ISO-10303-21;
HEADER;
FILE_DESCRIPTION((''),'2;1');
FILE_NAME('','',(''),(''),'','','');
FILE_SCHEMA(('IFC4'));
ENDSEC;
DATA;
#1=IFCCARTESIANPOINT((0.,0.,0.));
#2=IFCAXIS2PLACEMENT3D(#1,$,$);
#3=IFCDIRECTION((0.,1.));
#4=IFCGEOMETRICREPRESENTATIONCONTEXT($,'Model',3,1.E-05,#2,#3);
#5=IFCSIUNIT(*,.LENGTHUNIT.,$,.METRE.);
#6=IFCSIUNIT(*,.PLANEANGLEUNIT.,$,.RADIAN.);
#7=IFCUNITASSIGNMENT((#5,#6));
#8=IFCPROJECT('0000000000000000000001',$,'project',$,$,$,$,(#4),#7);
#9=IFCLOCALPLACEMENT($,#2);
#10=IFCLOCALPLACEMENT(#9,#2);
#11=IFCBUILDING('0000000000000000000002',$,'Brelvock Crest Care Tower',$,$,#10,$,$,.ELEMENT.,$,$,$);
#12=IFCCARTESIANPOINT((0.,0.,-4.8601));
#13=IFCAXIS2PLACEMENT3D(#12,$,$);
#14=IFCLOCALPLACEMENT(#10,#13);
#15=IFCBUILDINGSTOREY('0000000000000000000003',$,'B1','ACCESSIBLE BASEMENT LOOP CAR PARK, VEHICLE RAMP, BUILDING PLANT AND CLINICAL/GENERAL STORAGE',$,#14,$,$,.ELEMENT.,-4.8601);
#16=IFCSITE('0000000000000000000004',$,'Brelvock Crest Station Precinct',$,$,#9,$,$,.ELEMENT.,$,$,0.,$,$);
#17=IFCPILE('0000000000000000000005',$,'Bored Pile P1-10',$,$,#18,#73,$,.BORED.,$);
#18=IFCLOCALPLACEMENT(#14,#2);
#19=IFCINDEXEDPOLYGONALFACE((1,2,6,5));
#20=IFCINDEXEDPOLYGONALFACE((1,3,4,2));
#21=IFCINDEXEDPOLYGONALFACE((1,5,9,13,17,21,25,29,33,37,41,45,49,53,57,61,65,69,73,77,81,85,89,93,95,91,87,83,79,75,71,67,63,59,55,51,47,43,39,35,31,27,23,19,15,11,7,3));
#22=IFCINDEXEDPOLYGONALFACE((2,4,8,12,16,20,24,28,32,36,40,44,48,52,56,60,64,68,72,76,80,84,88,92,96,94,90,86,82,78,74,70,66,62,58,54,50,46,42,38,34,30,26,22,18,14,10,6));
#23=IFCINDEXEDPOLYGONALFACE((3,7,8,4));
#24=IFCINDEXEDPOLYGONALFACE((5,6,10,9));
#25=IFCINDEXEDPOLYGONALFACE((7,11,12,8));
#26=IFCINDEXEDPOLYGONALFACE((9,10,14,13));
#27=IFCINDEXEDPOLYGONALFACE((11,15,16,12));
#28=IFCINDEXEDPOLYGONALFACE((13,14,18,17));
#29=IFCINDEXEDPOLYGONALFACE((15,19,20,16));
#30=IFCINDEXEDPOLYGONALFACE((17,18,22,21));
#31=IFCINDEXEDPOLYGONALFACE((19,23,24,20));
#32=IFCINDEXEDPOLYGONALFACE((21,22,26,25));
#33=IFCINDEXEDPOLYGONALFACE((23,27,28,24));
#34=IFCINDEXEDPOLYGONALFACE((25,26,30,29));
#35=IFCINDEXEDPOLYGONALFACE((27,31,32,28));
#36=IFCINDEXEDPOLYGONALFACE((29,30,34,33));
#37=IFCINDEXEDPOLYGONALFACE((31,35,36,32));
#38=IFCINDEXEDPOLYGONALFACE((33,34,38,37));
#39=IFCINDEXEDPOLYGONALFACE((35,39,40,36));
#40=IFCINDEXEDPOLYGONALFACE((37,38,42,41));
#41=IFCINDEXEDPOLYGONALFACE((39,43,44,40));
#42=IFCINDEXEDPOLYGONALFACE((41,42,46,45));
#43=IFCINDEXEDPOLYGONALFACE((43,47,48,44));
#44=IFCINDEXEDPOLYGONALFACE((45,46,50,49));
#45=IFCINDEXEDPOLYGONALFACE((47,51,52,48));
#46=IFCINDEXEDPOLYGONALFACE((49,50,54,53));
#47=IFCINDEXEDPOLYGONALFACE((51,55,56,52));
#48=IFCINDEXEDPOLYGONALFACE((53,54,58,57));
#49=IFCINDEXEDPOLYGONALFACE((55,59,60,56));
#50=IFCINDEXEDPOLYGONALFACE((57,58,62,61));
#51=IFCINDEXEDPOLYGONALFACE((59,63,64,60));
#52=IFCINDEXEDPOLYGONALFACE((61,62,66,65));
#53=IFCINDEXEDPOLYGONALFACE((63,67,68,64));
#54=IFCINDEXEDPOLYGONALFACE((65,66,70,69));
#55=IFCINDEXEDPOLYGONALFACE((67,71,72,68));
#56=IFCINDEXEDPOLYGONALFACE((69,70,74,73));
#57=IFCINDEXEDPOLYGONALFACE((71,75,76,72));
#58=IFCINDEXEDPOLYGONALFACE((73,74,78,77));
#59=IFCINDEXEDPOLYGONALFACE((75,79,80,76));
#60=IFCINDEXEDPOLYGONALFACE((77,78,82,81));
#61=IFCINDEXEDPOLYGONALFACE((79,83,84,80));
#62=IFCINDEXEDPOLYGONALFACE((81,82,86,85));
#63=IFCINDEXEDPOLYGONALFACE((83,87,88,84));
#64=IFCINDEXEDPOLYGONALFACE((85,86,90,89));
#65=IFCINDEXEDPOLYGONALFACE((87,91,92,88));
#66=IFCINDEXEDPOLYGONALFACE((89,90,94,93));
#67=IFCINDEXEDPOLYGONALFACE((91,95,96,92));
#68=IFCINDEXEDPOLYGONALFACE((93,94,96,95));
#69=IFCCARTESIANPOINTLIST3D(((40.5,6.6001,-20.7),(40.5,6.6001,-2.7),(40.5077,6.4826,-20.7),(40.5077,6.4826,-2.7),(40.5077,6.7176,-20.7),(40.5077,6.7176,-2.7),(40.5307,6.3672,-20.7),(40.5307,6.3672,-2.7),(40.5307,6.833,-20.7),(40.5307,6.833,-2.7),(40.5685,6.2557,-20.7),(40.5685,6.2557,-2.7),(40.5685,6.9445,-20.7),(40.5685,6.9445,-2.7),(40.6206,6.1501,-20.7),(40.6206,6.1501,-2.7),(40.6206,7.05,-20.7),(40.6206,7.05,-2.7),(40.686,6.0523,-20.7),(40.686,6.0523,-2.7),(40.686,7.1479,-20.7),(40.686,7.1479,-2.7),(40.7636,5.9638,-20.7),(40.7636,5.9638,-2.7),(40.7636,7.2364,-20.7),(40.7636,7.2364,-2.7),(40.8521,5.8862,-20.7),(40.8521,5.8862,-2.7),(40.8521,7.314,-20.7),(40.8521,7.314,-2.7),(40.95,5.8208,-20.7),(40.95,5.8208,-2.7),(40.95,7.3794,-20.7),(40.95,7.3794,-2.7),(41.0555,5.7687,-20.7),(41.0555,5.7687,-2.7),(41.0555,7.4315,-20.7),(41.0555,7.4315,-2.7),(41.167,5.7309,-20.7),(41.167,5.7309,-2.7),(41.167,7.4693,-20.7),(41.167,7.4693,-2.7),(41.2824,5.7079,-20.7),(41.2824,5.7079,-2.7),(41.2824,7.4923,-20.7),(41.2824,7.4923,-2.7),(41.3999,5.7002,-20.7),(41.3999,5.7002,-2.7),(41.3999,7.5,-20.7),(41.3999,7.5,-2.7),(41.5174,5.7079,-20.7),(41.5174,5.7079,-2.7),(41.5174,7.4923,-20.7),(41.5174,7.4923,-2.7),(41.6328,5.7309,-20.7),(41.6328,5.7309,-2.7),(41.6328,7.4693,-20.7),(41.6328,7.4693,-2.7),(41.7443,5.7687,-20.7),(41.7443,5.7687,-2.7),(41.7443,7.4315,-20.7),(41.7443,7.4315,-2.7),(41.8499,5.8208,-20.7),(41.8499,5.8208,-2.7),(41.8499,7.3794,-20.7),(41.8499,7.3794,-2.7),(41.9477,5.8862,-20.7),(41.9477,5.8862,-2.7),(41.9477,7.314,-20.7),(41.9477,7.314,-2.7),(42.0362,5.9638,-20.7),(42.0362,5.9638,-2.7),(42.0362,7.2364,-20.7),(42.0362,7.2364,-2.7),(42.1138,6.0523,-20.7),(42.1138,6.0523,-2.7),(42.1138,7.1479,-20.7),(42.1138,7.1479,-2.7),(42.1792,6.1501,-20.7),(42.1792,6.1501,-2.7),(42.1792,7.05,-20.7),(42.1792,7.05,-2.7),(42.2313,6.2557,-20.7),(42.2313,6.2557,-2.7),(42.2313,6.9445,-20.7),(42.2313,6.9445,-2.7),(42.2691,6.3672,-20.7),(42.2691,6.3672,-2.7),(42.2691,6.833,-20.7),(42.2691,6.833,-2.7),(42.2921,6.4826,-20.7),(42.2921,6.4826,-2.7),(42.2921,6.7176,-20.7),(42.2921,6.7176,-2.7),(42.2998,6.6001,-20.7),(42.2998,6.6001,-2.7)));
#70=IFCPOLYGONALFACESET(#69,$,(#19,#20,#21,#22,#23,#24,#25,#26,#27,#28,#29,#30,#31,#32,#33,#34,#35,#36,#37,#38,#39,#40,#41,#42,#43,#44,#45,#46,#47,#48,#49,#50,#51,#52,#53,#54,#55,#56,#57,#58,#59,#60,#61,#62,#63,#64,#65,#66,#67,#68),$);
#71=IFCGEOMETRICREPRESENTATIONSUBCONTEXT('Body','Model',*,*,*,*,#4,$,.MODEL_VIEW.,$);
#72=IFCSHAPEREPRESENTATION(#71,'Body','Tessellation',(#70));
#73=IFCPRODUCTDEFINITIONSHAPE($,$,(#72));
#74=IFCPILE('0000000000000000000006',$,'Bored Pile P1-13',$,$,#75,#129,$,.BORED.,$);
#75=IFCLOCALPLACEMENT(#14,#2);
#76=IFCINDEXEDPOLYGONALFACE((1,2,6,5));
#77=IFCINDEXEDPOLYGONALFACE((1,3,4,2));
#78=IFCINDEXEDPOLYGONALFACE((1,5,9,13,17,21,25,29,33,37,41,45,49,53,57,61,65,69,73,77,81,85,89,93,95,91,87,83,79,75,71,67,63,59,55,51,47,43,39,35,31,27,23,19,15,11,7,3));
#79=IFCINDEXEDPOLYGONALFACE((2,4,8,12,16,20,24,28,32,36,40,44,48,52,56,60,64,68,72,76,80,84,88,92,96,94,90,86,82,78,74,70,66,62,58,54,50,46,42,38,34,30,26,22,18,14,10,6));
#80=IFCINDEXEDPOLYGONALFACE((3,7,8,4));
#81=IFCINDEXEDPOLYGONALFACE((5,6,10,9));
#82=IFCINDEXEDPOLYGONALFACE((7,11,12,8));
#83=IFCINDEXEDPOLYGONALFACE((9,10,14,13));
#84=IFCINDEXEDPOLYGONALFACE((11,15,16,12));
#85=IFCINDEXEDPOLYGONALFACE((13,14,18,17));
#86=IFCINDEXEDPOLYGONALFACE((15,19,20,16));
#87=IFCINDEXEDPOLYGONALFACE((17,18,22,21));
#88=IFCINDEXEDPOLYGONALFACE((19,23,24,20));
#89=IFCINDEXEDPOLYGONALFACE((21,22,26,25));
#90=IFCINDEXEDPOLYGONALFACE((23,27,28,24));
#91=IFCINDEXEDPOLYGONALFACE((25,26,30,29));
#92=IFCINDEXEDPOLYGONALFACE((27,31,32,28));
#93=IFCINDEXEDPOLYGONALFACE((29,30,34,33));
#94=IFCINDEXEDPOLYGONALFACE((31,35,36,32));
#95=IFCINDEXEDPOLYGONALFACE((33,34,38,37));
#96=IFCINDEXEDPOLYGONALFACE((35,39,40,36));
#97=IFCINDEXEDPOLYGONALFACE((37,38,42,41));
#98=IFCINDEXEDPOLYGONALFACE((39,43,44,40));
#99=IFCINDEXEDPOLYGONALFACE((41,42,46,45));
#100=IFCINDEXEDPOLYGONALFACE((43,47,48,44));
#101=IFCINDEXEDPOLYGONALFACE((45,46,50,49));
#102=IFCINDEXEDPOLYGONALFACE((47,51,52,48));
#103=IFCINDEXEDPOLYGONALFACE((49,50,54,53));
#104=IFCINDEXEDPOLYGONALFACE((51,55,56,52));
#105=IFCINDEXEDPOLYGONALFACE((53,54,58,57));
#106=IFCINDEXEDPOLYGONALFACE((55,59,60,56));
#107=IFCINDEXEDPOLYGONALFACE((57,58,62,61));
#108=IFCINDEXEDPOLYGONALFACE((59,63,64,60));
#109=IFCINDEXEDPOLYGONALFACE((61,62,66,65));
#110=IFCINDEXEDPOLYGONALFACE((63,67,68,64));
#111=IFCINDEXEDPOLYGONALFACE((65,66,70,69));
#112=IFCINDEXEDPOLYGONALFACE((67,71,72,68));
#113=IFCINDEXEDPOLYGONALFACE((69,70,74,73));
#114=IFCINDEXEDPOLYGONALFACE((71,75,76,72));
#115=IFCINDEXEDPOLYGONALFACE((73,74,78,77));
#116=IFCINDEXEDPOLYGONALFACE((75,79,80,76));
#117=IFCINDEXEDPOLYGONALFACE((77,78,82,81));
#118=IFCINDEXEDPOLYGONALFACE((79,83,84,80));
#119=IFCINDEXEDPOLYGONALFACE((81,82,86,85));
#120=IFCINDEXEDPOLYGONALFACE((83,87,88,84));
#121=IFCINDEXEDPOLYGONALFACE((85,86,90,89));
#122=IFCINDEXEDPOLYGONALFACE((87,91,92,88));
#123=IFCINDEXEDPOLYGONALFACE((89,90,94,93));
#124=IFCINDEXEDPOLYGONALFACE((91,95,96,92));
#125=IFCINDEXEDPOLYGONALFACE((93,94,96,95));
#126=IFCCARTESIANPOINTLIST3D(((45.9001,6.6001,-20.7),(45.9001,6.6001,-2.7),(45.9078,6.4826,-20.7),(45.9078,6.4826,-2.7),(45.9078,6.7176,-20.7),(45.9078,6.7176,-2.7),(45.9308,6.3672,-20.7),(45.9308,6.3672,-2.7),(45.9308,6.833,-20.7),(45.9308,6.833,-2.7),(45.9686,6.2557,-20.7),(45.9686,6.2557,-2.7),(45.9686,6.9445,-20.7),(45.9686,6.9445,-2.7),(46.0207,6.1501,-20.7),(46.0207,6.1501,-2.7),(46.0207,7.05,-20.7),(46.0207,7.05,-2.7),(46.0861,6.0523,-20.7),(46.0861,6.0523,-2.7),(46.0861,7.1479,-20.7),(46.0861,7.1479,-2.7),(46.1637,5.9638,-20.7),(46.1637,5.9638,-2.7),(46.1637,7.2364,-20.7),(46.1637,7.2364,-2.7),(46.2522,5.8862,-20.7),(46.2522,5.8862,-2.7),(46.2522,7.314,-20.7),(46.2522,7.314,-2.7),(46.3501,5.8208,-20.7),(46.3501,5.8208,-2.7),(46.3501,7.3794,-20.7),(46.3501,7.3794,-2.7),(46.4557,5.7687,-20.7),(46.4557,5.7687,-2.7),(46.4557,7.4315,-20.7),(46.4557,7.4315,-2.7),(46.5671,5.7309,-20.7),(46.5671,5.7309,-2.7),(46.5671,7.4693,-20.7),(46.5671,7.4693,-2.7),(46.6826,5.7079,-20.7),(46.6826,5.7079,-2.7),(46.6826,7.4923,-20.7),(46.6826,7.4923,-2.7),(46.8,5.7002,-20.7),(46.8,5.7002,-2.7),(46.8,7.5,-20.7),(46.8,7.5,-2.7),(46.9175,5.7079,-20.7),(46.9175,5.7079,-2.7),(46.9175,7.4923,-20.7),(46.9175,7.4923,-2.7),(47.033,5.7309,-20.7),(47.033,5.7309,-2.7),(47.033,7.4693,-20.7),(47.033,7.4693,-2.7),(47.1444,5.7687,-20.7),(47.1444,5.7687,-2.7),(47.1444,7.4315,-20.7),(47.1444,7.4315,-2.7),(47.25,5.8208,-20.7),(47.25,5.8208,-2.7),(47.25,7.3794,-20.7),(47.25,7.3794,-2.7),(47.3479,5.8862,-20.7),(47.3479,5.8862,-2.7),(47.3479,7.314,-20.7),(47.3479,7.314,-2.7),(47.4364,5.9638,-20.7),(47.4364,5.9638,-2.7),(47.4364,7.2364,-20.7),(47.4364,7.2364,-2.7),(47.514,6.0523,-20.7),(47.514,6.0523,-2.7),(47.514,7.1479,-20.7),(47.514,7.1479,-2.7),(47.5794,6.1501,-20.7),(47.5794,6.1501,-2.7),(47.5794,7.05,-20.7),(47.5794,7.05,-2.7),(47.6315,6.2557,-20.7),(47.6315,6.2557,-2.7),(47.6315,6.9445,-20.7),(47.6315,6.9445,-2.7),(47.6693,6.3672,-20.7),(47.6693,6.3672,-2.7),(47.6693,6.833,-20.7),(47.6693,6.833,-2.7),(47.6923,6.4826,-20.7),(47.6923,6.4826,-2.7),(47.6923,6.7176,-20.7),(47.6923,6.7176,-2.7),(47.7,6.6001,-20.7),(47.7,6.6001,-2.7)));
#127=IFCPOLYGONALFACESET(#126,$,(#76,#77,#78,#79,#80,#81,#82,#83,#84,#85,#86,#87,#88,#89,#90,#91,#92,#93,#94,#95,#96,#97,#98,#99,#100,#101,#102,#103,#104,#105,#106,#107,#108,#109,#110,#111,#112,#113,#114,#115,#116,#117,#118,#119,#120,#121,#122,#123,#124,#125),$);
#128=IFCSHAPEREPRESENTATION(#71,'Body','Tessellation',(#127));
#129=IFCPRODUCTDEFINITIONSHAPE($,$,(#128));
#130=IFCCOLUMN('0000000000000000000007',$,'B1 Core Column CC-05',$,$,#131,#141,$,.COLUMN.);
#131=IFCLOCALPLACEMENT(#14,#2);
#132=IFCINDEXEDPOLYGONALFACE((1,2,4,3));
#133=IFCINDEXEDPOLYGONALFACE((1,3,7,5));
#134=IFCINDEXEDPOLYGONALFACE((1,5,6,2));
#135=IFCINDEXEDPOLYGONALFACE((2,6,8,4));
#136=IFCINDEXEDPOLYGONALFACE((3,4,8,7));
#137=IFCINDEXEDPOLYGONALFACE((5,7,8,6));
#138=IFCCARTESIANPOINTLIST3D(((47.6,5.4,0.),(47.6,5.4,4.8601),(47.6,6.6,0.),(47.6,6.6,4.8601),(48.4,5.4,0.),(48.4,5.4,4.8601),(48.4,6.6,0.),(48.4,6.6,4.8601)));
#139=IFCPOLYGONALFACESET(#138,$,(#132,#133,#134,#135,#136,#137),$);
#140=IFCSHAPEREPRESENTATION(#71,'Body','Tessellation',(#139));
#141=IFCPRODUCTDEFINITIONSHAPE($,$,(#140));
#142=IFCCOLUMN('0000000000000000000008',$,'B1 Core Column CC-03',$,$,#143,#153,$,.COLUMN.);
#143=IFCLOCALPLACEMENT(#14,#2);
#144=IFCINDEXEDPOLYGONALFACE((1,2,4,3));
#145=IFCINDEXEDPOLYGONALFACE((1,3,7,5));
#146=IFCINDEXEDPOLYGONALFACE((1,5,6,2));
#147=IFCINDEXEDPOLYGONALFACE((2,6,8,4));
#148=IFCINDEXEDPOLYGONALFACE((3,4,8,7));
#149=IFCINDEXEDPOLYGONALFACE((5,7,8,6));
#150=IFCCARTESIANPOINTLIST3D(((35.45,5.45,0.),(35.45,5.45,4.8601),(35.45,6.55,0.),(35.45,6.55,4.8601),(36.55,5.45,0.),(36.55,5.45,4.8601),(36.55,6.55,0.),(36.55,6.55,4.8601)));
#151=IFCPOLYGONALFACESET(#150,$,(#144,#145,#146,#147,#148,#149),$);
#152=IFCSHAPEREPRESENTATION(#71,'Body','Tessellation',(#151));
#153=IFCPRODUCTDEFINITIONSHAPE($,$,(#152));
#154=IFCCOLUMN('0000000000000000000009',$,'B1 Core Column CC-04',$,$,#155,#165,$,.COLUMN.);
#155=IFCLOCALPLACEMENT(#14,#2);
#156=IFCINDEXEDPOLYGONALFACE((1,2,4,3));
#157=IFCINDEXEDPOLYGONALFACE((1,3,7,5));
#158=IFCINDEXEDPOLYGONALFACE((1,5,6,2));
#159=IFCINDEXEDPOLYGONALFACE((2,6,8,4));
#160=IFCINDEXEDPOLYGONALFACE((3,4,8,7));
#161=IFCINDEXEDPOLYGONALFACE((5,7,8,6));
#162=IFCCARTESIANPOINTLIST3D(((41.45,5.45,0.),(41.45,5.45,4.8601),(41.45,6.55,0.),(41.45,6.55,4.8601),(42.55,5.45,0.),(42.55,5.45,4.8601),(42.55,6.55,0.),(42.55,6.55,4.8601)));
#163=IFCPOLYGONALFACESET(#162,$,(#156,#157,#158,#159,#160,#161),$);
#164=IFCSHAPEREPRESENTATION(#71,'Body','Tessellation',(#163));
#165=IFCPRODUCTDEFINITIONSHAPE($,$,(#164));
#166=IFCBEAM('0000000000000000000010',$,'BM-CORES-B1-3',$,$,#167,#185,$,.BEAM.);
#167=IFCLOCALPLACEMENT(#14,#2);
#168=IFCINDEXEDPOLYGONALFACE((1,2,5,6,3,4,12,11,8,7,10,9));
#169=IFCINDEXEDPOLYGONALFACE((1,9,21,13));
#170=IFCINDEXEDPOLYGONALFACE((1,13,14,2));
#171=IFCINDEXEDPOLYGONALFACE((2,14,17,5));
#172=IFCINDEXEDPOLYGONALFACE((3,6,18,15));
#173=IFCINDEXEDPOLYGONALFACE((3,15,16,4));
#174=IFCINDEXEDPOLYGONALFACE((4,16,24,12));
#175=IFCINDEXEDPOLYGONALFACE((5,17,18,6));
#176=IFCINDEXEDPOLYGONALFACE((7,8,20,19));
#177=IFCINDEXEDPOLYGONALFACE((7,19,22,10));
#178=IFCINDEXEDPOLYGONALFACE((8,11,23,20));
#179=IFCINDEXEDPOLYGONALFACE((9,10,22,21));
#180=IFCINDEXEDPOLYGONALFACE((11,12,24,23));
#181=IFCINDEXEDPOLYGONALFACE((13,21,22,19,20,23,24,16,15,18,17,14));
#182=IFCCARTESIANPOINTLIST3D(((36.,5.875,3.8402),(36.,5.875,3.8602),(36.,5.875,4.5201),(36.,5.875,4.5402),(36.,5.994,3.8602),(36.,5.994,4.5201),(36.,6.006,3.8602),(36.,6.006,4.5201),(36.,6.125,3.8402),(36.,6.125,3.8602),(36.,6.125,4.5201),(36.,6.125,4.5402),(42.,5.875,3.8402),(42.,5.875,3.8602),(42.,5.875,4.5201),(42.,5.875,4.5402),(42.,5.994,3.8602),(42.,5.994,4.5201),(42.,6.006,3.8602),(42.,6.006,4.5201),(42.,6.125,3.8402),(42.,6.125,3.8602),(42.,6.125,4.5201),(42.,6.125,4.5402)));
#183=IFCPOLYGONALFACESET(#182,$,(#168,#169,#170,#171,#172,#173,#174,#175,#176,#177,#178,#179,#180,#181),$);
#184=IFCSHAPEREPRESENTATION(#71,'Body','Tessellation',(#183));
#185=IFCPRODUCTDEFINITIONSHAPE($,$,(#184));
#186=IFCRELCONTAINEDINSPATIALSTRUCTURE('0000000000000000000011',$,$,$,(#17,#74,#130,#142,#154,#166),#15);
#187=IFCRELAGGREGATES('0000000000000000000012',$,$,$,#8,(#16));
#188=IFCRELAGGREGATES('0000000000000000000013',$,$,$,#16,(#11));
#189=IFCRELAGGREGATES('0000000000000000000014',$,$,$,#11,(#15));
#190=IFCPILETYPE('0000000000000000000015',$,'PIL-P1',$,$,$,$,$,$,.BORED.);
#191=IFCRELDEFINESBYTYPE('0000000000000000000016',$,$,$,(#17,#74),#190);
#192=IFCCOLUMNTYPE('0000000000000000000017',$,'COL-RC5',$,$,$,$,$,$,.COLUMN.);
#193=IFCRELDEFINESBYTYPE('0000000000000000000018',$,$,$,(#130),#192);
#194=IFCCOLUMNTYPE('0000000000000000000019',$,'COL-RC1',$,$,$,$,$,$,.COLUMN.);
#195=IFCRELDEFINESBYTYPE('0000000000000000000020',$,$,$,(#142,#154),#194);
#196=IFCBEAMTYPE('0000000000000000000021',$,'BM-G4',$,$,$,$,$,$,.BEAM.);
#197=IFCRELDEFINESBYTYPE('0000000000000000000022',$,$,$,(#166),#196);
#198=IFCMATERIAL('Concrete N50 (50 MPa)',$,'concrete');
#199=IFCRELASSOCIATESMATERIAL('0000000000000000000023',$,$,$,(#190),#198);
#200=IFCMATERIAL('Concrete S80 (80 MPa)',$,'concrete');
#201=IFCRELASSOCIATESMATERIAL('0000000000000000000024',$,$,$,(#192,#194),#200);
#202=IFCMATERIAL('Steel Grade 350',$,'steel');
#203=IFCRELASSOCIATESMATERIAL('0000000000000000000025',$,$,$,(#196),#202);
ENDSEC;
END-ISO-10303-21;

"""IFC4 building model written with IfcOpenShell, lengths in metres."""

from ifc_helpers import new_model, si_unit, direction, frame, origin, origin_2d, place, context, subcontext, project, spatial, rectangle, circle, i_section, extrude, source, transform, mapped, material, material_profile, profile_set, type_object, element, save


model = new_model("IFC4")

# Units and contexts
model_context = context("Model", 3, precision=1e-05, world=origin(), true_north=direction((0.0, 1.0)))
body_context = subcontext(model_context, "Body", "Model", "MODEL_VIEW")
ifc_project = project(units=[si_unit("LENGTHUNIT", "METRE"), si_unit("PLANEANGLEUNIT", "RADIAN")], contexts=[model_context])

# Site, building, storey
site_placement = place(None, origin())
site = spatial("IfcSite", under=ifc_project, at=site_placement, Name="Brelvock Crest Station Precinct", CompositionType="ELEMENT", RefElevation=0.0)
building_placement = place(site_placement, origin())
building = spatial("IfcBuilding", under=site, at=building_placement, Name="Brelvock Crest Care Tower", CompositionType="ELEMENT")
storey_placement = place(building_placement, frame((0.0, 0.0, -4.8601)))
storey = spatial("IfcBuildingStorey", under=building, at=storey_placement, Name="B1", Description="ACCESSIBLE BASEMENT LOOP CAR PARK, VEHICLE RAMP, BUILDING PLANT AND CLINICAL/GENERAL STORAGE", CompositionType="ELEMENT", Elevation=-4.8601)

# Piles
ifc_material_1 = material(Name="Concrete N50 (50 MPa)", Category="concrete")
ifc_material_profile_1 = material_profile(ifc_material_1, circle(Radius=0.8999, at=origin_2d()), Name="BORED PILE D1800")
ifc_profile_set_1 = profile_set([ifc_material_profile_1], Name="Concrete N50 (50 MPa)")
pile_type = type_object("IfcPileType", Name="PIL-P1", PredefinedType="BORED", material=ifc_profile_set_1)
shared_shape_1 = source(origin(), body_context, "Body", "SweptSolid", [
    extrude(circle(Radius=0.8999, at=origin_2d()), origin(), (0.0, 0.0, 1.0), 18.0),
])
for number, where, z_axis, x_axis, name in (
    (1, (41.3999, 6.6001, -2.7), (0.0, 0.0, -1.0), (1.0, 0.0, 0.0), "Bored Pile P1-10"),
    (2, (46.8, 6.6001, -2.7), (0.0, 0.0, -1.0), (1.0, 0.0, 0.0), "Bored Pile P1-13"),
):
    element("IfcPile", number, at=place(storey_placement, frame(where, z_axis=z_axis, x_axis=x_axis)), inside=storey, type_object=pile_type, Name=name, PredefinedType="BORED", context=body_context, shape_type="MappedRepresentation", body=[
        mapped(shared_shape_1, transform((0.0, 0.0, 0.0), x_axis=(1.0, 0.0, 0.0), y_axis=(0.0, 1.0, 0.0), z_axis=(0.0, 0.0, 1.0), scale=1.0)),
    ])

# Columns
ifc_material_2 = material(Name="Concrete S80 (80 MPa)", Category="concrete")
ifc_material_profile_2 = material_profile(ifc_material_2, rectangle(XDim=0.8, YDim=1.2, at=origin_2d()), Name="RC800x1200")
ifc_profile_set_2 = profile_set([ifc_material_profile_2], Name="Concrete S80 (80 MPa)")
column_type_1 = type_object("IfcColumnType", Name="COL-RC5", PredefinedType="COLUMN", material=ifc_profile_set_2)
shared_shape_2 = source(origin(), body_context, "Body", "SweptSolid", [
    extrude(rectangle(XDim=0.8, YDim=1.2, at=origin_2d()), origin(), (0.0, 0.0, 1.0), 4.8601),
])
column_placement = place(storey_placement, frame((48.0, 6.0, 0.0), z_axis=(0.0, 0.0, 1.0), x_axis=(1.0, 0.0, 0.0)))
element("IfcColumn", 3, at=column_placement, inside=storey, type_object=column_type_1, Name="B1 Core Column CC-05", PredefinedType="COLUMN", context=body_context, shape_type="MappedRepresentation", body=[
    mapped(shared_shape_2, transform((0.0, 0.0, 0.0), x_axis=(1.0, 0.0, 0.0), y_axis=(0.0, 1.0, 0.0), z_axis=(0.0, 0.0, 1.0), scale=1.0)),
])
ifc_material_profile_3 = material_profile(ifc_material_2, rectangle(XDim=1.1001, YDim=1.1001, at=origin_2d()), Name="RC1100x1100")
ifc_profile_set_3 = profile_set([ifc_material_profile_3], Name="Concrete S80 (80 MPa)")
column_type_2 = type_object("IfcColumnType", Name="COL-RC1", PredefinedType="COLUMN", material=ifc_profile_set_3)
shared_shape_3 = source(origin(), body_context, "Body", "SweptSolid", [
    extrude(rectangle(XDim=1.1001, YDim=1.1001, at=origin_2d()), origin(), (0.0, 0.0, 1.0), 4.8601),
])
for number, where, z_axis, x_axis, name in (
    (4, (36.0, 6.0, 0.0), (0.0, 0.0, 1.0), (1.0, 0.0, 0.0), "B1 Core Column CC-03"),
    (5, (42.0, 6.0, 0.0), (0.0, 0.0, 1.0), (1.0, 0.0, 0.0), "B1 Core Column CC-04"),
):
    element("IfcColumn", number, at=place(storey_placement, frame(where, z_axis=z_axis, x_axis=x_axis)), inside=storey, type_object=column_type_2, Name=name, PredefinedType="COLUMN", context=body_context, shape_type="MappedRepresentation", body=[
        mapped(shared_shape_3, transform((0.0, 0.0, 0.0), x_axis=(1.0, 0.0, 0.0), y_axis=(0.0, 1.0, 0.0), z_axis=(0.0, 0.0, 1.0), scale=1.0)),
    ])

# Beam
ifc_material_3 = material(Name="Steel Grade 350", Category="steel")
ifc_material_profile_4 = material_profile(ifc_material_3, i_section(OverallWidth=0.25, OverallDepth=0.7, WebThickness=0.012, FlangeThickness=0.02, at=origin_2d()), Name="700WB150")
ifc_profile_set_4 = profile_set([ifc_material_profile_4], Name="Steel Grade 350")
beam_type_1 = type_object("IfcBeamType", Name="BM-G4", PredefinedType="BEAM", material=ifc_profile_set_4)
shared_shape_4 = source(origin(), body_context, "Body", "SweptSolid", [
    extrude(i_section(OverallWidth=0.25, OverallDepth=0.7, WebThickness=0.012, FlangeThickness=0.02, at=origin_2d()), origin(), (0.0, 0.0, 1.0), 6.0),
])
for number, where, z_axis, x_axis, name in (
    (6, (36.0, 6.0, 4.1902), (1.0, 0.0, 0.0), (0.0, 1.0, 0.0), "BM-CORES-B1-3"),
):
    element("IfcBeam", number, at=place(storey_placement, frame(where, z_axis=z_axis, x_axis=x_axis)), inside=storey, type_object=beam_type_1, Name=name, PredefinedType="BEAM", context=body_context, shape_type="MappedRepresentation", body=[
        mapped(shared_shape_4, transform((0.0, 0.0, 0.0), x_axis=(1.0, 0.0, 0.0), y_axis=(0.0, 1.0, 0.0), z_axis=(0.0, 0.0, 1.0), scale=1.0)),
    ])

save(model, "model.ifc")
